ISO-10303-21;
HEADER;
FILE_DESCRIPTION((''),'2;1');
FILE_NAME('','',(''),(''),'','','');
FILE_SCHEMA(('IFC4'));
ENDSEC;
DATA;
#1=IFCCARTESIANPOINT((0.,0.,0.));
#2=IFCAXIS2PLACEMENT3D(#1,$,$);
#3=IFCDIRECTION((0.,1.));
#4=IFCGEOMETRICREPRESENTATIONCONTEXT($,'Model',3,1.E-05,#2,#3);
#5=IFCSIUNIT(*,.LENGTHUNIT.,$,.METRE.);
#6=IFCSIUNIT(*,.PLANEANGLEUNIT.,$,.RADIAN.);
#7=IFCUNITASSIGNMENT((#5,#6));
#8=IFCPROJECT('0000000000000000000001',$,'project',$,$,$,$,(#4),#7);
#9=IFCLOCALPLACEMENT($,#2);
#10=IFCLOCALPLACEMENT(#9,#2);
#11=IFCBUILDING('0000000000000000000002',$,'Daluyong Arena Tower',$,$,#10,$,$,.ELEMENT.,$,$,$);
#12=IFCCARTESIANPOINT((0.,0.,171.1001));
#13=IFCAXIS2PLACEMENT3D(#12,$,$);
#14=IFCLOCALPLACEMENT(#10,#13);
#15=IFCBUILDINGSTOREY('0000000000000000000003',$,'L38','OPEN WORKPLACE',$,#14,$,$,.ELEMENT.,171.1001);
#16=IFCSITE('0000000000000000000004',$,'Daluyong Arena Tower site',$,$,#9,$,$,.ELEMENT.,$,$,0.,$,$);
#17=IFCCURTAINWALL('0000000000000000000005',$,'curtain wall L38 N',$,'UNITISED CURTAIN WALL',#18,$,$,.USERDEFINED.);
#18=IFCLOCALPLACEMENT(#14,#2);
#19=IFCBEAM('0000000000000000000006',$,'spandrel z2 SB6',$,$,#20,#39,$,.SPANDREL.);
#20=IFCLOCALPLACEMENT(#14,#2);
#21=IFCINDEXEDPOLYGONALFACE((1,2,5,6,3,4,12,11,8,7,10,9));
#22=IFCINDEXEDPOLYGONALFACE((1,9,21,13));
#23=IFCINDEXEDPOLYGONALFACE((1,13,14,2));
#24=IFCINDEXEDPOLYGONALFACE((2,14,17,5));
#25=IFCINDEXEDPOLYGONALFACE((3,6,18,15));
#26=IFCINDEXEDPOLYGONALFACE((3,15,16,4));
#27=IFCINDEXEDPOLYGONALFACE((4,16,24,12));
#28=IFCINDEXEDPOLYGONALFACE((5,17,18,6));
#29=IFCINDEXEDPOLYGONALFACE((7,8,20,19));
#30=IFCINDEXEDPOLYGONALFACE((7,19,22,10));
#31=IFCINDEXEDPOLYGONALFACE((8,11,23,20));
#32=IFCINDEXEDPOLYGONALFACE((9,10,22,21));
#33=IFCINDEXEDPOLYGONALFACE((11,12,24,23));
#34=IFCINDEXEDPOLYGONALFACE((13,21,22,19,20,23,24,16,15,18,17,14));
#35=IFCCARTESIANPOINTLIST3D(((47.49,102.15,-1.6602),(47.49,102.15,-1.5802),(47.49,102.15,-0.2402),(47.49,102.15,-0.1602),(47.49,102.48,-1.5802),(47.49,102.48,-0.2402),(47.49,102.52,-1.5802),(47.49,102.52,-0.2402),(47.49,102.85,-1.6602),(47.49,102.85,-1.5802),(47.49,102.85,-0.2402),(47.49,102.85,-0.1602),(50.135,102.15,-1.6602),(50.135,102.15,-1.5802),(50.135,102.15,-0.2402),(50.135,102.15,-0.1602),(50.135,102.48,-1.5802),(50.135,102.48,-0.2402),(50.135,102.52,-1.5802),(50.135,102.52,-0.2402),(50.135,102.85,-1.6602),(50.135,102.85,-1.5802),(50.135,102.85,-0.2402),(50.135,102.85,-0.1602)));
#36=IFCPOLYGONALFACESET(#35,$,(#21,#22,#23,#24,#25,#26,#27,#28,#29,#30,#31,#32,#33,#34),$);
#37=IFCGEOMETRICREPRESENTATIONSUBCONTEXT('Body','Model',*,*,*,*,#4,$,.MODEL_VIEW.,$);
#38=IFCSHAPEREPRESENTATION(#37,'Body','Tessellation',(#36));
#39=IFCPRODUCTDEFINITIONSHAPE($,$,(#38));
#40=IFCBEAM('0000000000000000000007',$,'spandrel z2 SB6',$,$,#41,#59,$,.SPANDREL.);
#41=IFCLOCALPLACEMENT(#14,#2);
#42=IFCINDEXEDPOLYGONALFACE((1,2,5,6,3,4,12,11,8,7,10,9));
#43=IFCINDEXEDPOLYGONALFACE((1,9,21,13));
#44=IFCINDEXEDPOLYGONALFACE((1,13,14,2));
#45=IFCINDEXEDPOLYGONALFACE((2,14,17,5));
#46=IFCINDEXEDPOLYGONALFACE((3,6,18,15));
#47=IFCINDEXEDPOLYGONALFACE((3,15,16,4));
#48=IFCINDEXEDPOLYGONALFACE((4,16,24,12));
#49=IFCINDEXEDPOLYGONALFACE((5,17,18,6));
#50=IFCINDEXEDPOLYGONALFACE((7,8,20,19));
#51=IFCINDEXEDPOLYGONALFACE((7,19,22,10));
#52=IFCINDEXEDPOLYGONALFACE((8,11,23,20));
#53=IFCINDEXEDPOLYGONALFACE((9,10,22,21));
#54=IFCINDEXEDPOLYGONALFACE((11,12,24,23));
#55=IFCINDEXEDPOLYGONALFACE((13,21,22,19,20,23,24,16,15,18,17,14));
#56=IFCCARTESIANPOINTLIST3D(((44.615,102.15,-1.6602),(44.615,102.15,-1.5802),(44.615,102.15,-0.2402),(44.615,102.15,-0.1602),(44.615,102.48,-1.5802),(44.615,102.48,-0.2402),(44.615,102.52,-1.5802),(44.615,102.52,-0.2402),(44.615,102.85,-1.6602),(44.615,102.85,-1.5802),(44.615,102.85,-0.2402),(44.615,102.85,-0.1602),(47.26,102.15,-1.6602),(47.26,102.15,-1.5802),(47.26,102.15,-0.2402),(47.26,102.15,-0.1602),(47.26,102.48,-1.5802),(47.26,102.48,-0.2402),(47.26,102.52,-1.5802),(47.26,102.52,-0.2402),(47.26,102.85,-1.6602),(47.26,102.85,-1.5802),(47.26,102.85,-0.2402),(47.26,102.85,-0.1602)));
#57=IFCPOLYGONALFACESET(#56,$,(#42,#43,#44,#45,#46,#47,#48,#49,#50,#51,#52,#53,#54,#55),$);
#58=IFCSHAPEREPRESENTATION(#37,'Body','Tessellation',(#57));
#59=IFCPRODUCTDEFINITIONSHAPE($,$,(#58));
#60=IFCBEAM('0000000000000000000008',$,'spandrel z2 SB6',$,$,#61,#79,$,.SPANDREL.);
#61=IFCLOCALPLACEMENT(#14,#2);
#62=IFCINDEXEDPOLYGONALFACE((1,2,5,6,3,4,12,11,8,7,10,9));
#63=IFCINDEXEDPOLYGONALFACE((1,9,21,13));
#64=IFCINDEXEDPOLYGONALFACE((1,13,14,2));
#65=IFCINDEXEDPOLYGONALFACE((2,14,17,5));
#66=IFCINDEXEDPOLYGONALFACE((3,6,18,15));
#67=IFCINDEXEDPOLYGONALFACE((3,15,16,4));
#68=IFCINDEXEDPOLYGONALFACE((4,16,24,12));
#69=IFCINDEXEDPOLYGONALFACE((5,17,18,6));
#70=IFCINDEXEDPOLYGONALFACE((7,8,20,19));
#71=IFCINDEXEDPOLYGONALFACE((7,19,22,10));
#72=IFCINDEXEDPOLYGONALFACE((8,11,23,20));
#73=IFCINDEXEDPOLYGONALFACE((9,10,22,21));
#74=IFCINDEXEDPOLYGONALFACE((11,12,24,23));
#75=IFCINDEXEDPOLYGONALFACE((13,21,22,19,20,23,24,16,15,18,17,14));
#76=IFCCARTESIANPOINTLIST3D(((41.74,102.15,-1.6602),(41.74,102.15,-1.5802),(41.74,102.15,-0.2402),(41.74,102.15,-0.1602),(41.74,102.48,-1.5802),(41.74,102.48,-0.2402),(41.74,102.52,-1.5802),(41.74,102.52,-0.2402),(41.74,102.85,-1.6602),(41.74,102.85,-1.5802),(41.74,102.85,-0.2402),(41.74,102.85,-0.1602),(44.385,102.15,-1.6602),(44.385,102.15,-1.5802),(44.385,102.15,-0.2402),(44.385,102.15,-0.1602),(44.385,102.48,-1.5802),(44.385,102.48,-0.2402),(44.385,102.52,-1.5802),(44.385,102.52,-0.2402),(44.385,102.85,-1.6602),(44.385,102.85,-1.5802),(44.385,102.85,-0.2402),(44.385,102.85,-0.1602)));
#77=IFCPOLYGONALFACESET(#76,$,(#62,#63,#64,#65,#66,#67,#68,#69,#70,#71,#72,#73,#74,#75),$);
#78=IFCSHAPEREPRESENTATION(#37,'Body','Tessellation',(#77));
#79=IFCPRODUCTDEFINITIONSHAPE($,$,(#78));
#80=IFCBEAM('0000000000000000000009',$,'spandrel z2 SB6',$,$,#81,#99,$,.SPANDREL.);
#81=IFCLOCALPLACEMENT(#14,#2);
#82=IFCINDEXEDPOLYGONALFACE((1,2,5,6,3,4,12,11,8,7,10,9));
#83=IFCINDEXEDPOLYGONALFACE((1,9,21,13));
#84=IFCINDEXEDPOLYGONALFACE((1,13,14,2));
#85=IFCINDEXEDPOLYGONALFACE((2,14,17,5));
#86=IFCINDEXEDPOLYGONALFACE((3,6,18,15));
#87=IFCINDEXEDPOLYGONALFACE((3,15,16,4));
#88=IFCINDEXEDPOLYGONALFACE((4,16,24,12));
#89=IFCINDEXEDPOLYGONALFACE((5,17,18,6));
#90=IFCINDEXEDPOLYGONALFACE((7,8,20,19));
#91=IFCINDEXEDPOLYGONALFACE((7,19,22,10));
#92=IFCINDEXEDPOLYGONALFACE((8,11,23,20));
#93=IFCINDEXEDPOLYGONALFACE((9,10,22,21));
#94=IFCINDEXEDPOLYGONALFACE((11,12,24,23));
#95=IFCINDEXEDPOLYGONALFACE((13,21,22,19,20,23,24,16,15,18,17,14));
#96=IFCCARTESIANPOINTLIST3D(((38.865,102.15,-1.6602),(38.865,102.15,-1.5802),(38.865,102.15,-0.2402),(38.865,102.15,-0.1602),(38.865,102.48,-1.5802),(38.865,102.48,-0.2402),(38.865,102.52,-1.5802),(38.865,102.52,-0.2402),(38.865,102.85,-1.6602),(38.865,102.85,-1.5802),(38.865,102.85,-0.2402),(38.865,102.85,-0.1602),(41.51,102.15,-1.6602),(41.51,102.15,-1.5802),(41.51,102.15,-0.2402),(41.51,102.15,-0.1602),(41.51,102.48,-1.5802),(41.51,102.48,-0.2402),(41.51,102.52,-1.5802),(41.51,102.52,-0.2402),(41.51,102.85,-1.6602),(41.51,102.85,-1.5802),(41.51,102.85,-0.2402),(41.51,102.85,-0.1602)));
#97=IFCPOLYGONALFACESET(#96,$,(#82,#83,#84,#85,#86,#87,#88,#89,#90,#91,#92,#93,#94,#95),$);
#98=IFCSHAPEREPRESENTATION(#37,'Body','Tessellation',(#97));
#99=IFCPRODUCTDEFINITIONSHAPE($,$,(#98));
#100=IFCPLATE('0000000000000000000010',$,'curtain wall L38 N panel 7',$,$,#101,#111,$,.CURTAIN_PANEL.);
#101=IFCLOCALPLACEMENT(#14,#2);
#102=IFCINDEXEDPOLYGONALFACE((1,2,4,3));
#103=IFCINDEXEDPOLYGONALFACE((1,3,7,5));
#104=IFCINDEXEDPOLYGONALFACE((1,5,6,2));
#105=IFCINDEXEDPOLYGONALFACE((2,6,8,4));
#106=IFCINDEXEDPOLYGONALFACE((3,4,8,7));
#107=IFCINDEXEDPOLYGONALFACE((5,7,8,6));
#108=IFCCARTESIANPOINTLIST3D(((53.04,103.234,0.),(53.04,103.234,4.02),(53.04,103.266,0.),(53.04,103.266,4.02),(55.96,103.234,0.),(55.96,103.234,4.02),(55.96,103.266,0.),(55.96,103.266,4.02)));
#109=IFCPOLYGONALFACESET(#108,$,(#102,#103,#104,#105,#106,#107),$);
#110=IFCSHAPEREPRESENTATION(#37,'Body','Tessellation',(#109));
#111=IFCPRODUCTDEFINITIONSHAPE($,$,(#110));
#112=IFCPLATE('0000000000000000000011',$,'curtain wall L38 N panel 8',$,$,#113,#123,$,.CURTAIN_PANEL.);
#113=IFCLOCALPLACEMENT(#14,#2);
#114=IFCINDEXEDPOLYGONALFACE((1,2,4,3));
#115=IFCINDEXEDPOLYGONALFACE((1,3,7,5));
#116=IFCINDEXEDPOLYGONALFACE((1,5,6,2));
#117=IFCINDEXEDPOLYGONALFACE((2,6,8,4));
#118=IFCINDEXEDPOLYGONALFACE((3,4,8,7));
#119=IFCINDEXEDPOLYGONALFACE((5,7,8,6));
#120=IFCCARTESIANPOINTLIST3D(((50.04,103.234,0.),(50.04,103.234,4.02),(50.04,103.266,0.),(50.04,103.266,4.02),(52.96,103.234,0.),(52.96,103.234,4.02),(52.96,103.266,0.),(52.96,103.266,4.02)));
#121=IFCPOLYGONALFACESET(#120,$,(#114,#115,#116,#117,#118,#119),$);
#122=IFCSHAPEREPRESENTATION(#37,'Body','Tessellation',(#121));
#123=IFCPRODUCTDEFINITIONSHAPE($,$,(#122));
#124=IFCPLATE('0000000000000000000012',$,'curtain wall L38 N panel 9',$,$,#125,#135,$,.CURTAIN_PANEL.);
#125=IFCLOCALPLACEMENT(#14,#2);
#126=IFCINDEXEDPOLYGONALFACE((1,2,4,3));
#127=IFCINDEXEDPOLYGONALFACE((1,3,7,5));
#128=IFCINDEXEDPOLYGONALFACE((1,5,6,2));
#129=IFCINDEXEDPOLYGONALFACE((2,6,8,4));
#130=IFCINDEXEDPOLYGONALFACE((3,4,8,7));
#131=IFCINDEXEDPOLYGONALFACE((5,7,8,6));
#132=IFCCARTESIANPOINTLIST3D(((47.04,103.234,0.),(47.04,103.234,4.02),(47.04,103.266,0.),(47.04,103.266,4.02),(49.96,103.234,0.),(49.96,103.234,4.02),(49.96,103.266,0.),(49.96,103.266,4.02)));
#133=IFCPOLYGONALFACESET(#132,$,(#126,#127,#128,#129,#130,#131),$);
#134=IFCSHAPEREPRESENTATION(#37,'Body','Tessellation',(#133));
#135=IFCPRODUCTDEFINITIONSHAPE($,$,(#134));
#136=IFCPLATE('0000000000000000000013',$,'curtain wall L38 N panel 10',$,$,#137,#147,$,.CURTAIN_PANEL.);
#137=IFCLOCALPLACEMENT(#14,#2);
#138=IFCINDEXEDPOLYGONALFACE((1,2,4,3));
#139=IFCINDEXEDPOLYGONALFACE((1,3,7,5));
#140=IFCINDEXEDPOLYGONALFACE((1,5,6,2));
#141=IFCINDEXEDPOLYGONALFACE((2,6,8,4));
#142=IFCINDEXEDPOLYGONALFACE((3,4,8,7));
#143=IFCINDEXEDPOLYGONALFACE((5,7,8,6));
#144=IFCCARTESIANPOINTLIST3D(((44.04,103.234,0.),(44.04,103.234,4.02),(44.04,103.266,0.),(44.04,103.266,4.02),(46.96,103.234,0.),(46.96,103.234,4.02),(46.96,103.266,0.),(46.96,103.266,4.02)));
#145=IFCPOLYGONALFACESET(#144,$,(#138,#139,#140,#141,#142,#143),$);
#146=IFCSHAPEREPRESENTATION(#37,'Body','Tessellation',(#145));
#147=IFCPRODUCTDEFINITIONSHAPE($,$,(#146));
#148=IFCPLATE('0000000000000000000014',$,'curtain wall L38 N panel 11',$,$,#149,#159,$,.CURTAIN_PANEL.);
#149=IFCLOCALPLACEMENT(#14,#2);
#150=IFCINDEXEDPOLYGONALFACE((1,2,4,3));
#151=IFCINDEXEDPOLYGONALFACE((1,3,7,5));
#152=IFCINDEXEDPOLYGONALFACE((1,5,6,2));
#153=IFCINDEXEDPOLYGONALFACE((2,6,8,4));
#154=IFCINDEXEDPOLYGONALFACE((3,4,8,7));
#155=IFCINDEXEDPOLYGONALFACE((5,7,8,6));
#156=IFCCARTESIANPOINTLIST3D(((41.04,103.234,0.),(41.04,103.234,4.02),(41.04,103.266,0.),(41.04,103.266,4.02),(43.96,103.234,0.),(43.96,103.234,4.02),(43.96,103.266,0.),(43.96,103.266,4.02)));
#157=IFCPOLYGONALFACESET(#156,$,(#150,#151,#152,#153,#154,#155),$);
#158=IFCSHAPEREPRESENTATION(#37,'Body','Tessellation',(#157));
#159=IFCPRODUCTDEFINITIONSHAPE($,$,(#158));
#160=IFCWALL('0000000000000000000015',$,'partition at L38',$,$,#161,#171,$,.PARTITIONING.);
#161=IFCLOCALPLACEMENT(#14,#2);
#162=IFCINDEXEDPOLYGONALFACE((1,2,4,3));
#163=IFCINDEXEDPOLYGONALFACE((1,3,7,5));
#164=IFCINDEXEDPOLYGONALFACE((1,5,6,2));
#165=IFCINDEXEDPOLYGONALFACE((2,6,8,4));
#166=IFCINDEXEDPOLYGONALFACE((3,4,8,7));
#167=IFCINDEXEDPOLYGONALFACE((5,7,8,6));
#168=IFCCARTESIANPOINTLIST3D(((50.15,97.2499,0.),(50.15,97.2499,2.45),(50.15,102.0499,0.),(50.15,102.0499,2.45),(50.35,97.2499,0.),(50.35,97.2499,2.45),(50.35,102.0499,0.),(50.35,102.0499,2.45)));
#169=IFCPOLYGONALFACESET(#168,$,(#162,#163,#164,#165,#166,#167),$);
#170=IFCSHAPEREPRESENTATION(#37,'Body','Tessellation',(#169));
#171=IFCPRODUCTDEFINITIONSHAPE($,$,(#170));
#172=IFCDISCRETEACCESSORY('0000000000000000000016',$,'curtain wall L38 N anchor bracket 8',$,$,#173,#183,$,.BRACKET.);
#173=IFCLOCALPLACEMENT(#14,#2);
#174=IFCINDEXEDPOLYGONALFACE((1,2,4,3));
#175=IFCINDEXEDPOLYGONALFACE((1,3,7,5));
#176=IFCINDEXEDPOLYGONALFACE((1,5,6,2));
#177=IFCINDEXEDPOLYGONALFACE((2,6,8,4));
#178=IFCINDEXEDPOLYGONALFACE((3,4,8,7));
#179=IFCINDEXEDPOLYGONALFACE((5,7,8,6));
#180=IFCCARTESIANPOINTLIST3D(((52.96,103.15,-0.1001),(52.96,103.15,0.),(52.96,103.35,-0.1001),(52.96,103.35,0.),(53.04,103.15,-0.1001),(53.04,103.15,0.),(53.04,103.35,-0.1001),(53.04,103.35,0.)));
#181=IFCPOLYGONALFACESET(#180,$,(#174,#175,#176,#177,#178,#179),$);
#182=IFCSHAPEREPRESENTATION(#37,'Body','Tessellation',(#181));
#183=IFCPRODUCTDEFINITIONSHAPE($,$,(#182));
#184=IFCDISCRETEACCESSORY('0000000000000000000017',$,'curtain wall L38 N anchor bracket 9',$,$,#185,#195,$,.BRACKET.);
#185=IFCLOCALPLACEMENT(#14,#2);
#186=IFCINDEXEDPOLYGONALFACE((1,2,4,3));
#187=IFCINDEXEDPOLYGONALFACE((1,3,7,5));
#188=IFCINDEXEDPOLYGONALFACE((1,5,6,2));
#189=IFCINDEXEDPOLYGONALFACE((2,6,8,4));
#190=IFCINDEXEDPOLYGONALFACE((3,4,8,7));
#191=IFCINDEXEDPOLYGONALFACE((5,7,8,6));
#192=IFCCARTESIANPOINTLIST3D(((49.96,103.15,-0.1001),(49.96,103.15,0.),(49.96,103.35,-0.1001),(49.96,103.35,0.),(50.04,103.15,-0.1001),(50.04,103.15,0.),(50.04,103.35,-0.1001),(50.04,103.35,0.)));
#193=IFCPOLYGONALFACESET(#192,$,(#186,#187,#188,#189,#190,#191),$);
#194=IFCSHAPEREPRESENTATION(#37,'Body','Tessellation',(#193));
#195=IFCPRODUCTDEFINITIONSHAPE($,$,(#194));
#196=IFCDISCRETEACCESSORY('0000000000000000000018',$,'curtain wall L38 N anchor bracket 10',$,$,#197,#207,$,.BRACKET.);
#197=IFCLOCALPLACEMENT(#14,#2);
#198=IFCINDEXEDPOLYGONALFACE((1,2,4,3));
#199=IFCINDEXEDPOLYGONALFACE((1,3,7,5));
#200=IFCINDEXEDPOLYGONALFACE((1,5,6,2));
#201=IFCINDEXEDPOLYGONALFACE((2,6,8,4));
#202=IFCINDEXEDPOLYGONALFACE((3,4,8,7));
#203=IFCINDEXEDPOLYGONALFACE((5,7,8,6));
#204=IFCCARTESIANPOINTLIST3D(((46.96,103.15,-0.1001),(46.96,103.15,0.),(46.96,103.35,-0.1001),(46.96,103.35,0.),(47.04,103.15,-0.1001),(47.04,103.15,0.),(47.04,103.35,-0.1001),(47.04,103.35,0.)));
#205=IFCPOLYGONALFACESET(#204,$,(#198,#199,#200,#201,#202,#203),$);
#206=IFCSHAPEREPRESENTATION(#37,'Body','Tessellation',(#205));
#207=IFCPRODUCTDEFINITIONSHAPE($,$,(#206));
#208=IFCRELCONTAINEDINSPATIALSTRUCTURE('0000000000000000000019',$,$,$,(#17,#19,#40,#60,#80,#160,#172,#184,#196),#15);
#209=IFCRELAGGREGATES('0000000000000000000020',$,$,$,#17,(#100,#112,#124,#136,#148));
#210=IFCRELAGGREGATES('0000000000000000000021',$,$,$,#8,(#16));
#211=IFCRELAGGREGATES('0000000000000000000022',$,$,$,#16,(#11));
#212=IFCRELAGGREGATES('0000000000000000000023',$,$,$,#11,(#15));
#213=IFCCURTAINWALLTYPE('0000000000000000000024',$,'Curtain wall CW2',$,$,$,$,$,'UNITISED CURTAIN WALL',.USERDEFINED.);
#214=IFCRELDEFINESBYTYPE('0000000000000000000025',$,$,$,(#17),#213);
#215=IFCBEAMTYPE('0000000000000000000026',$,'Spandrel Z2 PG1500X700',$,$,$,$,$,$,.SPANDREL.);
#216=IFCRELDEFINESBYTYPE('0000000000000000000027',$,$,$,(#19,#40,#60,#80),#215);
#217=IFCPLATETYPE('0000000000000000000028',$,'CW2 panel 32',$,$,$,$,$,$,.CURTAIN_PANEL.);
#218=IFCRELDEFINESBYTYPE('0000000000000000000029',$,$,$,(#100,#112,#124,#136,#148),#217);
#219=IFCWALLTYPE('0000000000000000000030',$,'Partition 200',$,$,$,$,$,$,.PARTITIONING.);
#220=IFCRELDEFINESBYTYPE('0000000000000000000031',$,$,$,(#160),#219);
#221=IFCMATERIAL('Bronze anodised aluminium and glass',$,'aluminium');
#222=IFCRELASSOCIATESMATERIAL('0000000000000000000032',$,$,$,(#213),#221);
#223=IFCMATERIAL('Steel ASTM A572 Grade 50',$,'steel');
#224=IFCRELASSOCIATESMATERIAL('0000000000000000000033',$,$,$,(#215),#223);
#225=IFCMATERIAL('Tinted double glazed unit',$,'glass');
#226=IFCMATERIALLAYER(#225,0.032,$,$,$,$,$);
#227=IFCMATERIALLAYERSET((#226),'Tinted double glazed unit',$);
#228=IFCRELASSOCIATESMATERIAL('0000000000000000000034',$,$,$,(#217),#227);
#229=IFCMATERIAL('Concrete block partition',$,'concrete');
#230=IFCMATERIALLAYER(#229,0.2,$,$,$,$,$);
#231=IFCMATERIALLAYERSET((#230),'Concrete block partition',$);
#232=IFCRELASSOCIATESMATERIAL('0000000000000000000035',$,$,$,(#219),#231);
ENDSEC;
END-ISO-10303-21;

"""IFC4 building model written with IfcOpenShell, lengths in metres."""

from ifc_helpers import new_model, si_unit, direction, frame, frame_2d, origin, origin_2d, place, context, subcontext, project, spatial, rectangle, i_section, extrude, material, layer, layer_set, material_profile, profile_set, type_object, element, aggregate, save


model = new_model("IFC4")

# Units and contexts
model_context = context("Model", 3, precision=1e-05, world=origin(), true_north=direction((0.0, 1.0)))
body_context = subcontext(model_context, "Body", "Model", "MODEL_VIEW")
ifc_project = project(units=[si_unit("LENGTHUNIT", "METRE"), si_unit("PLANEANGLEUNIT", "RADIAN")], contexts=[model_context])

# Site, building, storey
site_placement = place(None, origin())
site = spatial("IfcSite", under=ifc_project, at=site_placement, Name="Daluyong Arena Tower site", CompositionType="ELEMENT", RefElevation=0.0)
building_placement = place(site_placement, origin())
building = spatial("IfcBuilding", under=site, at=building_placement, Name="Daluyong Arena Tower", CompositionType="ELEMENT")
storey_placement = place(building_placement, frame((0.0, 0.0, 171.1001)))
storey = spatial("IfcBuildingStorey", under=building, at=storey_placement, Name="L38", Description="OPEN WORKPLACE", CompositionType="ELEMENT", Elevation=171.1001)

# Curtain wall
ifc_material_1 = material(Name="Bronze anodised aluminium and glass", Category="aluminium")
curtain_wall_type = type_object("IfcCurtainWallType", Name="Curtain wall CW2", ElementType="UNITISED CURTAIN WALL", PredefinedType="USERDEFINED", material=ifc_material_1)
curtain_wall_placement = place(storey_placement, origin())
curtain_wall = element("IfcCurtainWall", 1, at=curtain_wall_placement, inside=storey, type_object=curtain_wall_type, Name="curtain wall L38 N", ObjectType="UNITISED CURTAIN WALL", PredefinedType="USERDEFINED")

# Beams
ifc_material_2 = material(Name="Steel ASTM A572 Grade 50", Category="steel")
ifc_material_profile_1 = material_profile(ifc_material_2, i_section(OverallWidth=0.7, OverallDepth=1.5, WebThickness=0.04, FlangeThickness=0.08, at=origin_2d()))
ifc_profile_set_1 = profile_set([ifc_material_profile_1], Name="Steel ASTM A572 Grade 50")
beam_type_1 = type_object("IfcBeamType", Name="Spandrel Z2 PG1500X700", PredefinedType="SPANDREL", material=ifc_profile_set_1)
for number, where, z_axis, x_axis, name in (
    (2, (50.135, 102.5, -0.9102), (-1.0, 0.0, 0.0), (0.0, -1.0, 0.0), "spandrel z2 SB6"),
    (3, (47.26, 102.5, -0.9102), (-1.0, 0.0, 0.0), (0.0, -1.0, 0.0), "spandrel z2 SB6"),
    (4, (44.385, 102.5, -0.9102), (-1.0, 0.0, 0.0), (0.0, -1.0, 0.0), "spandrel z2 SB6"),
    (5, (41.51, 102.5, -0.9102), (-1.0, 0.0, 0.0), (0.0, -1.0, 0.0), "spandrel z2 SB6"),
):
    element("IfcBeam", number, at=place(storey_placement, frame(where, z_axis=z_axis, x_axis=x_axis)), inside=storey, type_object=beam_type_1, Name=name, PredefinedType="SPANDREL", context=body_context, shape_type="SweptSolid", body=[
        extrude(i_section(OverallWidth=0.7, OverallDepth=1.5, WebThickness=0.04, FlangeThickness=0.08, at=origin_2d()), origin(), (0.0, 0.0, 1.0), 2.645),
    ])

# Plates
ifc_material_3 = material(Name="Tinted double glazed unit", Category="glass")
ifc_layer_1 = layer(ifc_material_3, 0.032)
ifc_layer_set_1 = layer_set([ifc_layer_1], Name="Tinted double glazed unit")
plate_type = type_object("IfcPlateType", Name="CW2 panel 32", PredefinedType="CURTAIN_PANEL", material=ifc_layer_set_1)
plate_1_placement = place(storey_placement, frame((54.5, 103.25, 0.0), z_axis=(0.0, 0.0, 1.0), x_axis=(-1.0, 0.0, 0.0)))
plate_1 = element("IfcPlate", 6, at=plate_1_placement, type_object=plate_type, Name="curtain wall L38 N panel 7", PredefinedType="CURTAIN_PANEL", context=body_context, shape_type="SweptSolid", body=[
    extrude(rectangle(XDim=2.9199, YDim=0.032, at=origin_2d()), origin(), (0.0, 0.0, 1.0), 4.02),
])
plate_2_placement = place(storey_placement, frame((51.5, 103.25, 0.0), z_axis=(0.0, 0.0, 1.0), x_axis=(-1.0, 0.0, 0.0)))
plate_2 = element("IfcPlate", 7, at=plate_2_placement, type_object=plate_type, Name="curtain wall L38 N panel 8", PredefinedType="CURTAIN_PANEL", context=body_context, shape_type="SweptSolid", body=[
    extrude(rectangle(XDim=2.9199, YDim=0.032, at=origin_2d()), origin(), (0.0, 0.0, 1.0), 4.02),
])
plate_3_placement = place(storey_placement, frame((48.5, 103.25, 0.0), z_axis=(0.0, 0.0, 1.0), x_axis=(-1.0, 0.0, 0.0)))
plate_3 = element("IfcPlate", 8, at=plate_3_placement, type_object=plate_type, Name="curtain wall L38 N panel 9", PredefinedType="CURTAIN_PANEL", context=body_context, shape_type="SweptSolid", body=[
    extrude(rectangle(XDim=2.9199, YDim=0.032, at=origin_2d()), origin(), (0.0, 0.0, 1.0), 4.02),
])
plate_4_placement = place(storey_placement, frame((45.5, 103.25, 0.0), z_axis=(0.0, 0.0, 1.0), x_axis=(-1.0, 0.0, 0.0)))
plate_4 = element("IfcPlate", 9, at=plate_4_placement, type_object=plate_type, Name="curtain wall L38 N panel 10", PredefinedType="CURTAIN_PANEL", context=body_context, shape_type="SweptSolid", body=[
    extrude(rectangle(XDim=2.9199, YDim=0.032, at=origin_2d()), origin(), (0.0, 0.0, 1.0), 4.02),
])
plate_5_placement = place(storey_placement, frame((42.5, 103.25, 0.0), z_axis=(0.0, 0.0, 1.0), x_axis=(-1.0, 0.0, 0.0)))
plate_5 = element("IfcPlate", 10, at=plate_5_placement, type_object=plate_type, Name="curtain wall L38 N panel 11", PredefinedType="CURTAIN_PANEL", context=body_context, shape_type="SweptSolid", body=[
    extrude(rectangle(XDim=2.9199, YDim=0.032, at=origin_2d()), origin(), (0.0, 0.0, 1.0), 4.02),
])
aggregate(curtain_wall, [plate_1, plate_2, plate_3, plate_4, plate_5])

# Wall
ifc_material_4 = material(Name="Concrete block partition", Category="concrete")
ifc_layer_2 = layer(ifc_material_4, 0.2)
ifc_layer_set_2 = layer_set([ifc_layer_2], Name="Concrete block partition")
wall_type = type_object("IfcWallType", Name="Partition 200", PredefinedType="PARTITIONING", material=ifc_layer_set_2)
wall_placement = place(storey_placement, frame((50.25, 97.25, 0.0), z_axis=(0.0, 0.0, 1.0), x_axis=(0.0, 1.0, 0.0)))
element("IfcWall", 11, at=wall_placement, inside=storey, type_object=wall_type, Name="partition at L38", PredefinedType="PARTITIONING", context=body_context, shape_type="SweptSolid", body=[
    extrude(rectangle(XDim=4.8, YDim=0.2, at=frame_2d((2.3999, 0.0))), origin(), (0.0, 0.0, 1.0), 2.45),
])

# Discrete accessories
for number, where, z_axis, x_axis, name in (
    (12, (53.0, 103.25, -0.1001), (0.0, 0.0, 1.0), (-1.0, 0.0, 0.0), "curtain wall L38 N anchor bracket 8"),
    (13, (50.0, 103.25, -0.1001), (0.0, 0.0, 1.0), (-1.0, 0.0, 0.0), "curtain wall L38 N anchor bracket 9"),
    (14, (47.0, 103.25, -0.1001), (0.0, 0.0, 1.0), (-1.0, 0.0, 0.0), "curtain wall L38 N anchor bracket 10"),
):
    element("IfcDiscreteAccessory", number, at=place(storey_placement, frame(where, z_axis=z_axis, x_axis=x_axis)), inside=storey, Name=name, PredefinedType="BRACKET", context=body_context, shape_type="SweptSolid", body=[
        extrude(rectangle(XDim=0.0801, YDim=0.2, at=origin_2d()), origin(), (0.0, 0.0, 1.0), 0.1001),
    ])

save(model, "model.ifc")
